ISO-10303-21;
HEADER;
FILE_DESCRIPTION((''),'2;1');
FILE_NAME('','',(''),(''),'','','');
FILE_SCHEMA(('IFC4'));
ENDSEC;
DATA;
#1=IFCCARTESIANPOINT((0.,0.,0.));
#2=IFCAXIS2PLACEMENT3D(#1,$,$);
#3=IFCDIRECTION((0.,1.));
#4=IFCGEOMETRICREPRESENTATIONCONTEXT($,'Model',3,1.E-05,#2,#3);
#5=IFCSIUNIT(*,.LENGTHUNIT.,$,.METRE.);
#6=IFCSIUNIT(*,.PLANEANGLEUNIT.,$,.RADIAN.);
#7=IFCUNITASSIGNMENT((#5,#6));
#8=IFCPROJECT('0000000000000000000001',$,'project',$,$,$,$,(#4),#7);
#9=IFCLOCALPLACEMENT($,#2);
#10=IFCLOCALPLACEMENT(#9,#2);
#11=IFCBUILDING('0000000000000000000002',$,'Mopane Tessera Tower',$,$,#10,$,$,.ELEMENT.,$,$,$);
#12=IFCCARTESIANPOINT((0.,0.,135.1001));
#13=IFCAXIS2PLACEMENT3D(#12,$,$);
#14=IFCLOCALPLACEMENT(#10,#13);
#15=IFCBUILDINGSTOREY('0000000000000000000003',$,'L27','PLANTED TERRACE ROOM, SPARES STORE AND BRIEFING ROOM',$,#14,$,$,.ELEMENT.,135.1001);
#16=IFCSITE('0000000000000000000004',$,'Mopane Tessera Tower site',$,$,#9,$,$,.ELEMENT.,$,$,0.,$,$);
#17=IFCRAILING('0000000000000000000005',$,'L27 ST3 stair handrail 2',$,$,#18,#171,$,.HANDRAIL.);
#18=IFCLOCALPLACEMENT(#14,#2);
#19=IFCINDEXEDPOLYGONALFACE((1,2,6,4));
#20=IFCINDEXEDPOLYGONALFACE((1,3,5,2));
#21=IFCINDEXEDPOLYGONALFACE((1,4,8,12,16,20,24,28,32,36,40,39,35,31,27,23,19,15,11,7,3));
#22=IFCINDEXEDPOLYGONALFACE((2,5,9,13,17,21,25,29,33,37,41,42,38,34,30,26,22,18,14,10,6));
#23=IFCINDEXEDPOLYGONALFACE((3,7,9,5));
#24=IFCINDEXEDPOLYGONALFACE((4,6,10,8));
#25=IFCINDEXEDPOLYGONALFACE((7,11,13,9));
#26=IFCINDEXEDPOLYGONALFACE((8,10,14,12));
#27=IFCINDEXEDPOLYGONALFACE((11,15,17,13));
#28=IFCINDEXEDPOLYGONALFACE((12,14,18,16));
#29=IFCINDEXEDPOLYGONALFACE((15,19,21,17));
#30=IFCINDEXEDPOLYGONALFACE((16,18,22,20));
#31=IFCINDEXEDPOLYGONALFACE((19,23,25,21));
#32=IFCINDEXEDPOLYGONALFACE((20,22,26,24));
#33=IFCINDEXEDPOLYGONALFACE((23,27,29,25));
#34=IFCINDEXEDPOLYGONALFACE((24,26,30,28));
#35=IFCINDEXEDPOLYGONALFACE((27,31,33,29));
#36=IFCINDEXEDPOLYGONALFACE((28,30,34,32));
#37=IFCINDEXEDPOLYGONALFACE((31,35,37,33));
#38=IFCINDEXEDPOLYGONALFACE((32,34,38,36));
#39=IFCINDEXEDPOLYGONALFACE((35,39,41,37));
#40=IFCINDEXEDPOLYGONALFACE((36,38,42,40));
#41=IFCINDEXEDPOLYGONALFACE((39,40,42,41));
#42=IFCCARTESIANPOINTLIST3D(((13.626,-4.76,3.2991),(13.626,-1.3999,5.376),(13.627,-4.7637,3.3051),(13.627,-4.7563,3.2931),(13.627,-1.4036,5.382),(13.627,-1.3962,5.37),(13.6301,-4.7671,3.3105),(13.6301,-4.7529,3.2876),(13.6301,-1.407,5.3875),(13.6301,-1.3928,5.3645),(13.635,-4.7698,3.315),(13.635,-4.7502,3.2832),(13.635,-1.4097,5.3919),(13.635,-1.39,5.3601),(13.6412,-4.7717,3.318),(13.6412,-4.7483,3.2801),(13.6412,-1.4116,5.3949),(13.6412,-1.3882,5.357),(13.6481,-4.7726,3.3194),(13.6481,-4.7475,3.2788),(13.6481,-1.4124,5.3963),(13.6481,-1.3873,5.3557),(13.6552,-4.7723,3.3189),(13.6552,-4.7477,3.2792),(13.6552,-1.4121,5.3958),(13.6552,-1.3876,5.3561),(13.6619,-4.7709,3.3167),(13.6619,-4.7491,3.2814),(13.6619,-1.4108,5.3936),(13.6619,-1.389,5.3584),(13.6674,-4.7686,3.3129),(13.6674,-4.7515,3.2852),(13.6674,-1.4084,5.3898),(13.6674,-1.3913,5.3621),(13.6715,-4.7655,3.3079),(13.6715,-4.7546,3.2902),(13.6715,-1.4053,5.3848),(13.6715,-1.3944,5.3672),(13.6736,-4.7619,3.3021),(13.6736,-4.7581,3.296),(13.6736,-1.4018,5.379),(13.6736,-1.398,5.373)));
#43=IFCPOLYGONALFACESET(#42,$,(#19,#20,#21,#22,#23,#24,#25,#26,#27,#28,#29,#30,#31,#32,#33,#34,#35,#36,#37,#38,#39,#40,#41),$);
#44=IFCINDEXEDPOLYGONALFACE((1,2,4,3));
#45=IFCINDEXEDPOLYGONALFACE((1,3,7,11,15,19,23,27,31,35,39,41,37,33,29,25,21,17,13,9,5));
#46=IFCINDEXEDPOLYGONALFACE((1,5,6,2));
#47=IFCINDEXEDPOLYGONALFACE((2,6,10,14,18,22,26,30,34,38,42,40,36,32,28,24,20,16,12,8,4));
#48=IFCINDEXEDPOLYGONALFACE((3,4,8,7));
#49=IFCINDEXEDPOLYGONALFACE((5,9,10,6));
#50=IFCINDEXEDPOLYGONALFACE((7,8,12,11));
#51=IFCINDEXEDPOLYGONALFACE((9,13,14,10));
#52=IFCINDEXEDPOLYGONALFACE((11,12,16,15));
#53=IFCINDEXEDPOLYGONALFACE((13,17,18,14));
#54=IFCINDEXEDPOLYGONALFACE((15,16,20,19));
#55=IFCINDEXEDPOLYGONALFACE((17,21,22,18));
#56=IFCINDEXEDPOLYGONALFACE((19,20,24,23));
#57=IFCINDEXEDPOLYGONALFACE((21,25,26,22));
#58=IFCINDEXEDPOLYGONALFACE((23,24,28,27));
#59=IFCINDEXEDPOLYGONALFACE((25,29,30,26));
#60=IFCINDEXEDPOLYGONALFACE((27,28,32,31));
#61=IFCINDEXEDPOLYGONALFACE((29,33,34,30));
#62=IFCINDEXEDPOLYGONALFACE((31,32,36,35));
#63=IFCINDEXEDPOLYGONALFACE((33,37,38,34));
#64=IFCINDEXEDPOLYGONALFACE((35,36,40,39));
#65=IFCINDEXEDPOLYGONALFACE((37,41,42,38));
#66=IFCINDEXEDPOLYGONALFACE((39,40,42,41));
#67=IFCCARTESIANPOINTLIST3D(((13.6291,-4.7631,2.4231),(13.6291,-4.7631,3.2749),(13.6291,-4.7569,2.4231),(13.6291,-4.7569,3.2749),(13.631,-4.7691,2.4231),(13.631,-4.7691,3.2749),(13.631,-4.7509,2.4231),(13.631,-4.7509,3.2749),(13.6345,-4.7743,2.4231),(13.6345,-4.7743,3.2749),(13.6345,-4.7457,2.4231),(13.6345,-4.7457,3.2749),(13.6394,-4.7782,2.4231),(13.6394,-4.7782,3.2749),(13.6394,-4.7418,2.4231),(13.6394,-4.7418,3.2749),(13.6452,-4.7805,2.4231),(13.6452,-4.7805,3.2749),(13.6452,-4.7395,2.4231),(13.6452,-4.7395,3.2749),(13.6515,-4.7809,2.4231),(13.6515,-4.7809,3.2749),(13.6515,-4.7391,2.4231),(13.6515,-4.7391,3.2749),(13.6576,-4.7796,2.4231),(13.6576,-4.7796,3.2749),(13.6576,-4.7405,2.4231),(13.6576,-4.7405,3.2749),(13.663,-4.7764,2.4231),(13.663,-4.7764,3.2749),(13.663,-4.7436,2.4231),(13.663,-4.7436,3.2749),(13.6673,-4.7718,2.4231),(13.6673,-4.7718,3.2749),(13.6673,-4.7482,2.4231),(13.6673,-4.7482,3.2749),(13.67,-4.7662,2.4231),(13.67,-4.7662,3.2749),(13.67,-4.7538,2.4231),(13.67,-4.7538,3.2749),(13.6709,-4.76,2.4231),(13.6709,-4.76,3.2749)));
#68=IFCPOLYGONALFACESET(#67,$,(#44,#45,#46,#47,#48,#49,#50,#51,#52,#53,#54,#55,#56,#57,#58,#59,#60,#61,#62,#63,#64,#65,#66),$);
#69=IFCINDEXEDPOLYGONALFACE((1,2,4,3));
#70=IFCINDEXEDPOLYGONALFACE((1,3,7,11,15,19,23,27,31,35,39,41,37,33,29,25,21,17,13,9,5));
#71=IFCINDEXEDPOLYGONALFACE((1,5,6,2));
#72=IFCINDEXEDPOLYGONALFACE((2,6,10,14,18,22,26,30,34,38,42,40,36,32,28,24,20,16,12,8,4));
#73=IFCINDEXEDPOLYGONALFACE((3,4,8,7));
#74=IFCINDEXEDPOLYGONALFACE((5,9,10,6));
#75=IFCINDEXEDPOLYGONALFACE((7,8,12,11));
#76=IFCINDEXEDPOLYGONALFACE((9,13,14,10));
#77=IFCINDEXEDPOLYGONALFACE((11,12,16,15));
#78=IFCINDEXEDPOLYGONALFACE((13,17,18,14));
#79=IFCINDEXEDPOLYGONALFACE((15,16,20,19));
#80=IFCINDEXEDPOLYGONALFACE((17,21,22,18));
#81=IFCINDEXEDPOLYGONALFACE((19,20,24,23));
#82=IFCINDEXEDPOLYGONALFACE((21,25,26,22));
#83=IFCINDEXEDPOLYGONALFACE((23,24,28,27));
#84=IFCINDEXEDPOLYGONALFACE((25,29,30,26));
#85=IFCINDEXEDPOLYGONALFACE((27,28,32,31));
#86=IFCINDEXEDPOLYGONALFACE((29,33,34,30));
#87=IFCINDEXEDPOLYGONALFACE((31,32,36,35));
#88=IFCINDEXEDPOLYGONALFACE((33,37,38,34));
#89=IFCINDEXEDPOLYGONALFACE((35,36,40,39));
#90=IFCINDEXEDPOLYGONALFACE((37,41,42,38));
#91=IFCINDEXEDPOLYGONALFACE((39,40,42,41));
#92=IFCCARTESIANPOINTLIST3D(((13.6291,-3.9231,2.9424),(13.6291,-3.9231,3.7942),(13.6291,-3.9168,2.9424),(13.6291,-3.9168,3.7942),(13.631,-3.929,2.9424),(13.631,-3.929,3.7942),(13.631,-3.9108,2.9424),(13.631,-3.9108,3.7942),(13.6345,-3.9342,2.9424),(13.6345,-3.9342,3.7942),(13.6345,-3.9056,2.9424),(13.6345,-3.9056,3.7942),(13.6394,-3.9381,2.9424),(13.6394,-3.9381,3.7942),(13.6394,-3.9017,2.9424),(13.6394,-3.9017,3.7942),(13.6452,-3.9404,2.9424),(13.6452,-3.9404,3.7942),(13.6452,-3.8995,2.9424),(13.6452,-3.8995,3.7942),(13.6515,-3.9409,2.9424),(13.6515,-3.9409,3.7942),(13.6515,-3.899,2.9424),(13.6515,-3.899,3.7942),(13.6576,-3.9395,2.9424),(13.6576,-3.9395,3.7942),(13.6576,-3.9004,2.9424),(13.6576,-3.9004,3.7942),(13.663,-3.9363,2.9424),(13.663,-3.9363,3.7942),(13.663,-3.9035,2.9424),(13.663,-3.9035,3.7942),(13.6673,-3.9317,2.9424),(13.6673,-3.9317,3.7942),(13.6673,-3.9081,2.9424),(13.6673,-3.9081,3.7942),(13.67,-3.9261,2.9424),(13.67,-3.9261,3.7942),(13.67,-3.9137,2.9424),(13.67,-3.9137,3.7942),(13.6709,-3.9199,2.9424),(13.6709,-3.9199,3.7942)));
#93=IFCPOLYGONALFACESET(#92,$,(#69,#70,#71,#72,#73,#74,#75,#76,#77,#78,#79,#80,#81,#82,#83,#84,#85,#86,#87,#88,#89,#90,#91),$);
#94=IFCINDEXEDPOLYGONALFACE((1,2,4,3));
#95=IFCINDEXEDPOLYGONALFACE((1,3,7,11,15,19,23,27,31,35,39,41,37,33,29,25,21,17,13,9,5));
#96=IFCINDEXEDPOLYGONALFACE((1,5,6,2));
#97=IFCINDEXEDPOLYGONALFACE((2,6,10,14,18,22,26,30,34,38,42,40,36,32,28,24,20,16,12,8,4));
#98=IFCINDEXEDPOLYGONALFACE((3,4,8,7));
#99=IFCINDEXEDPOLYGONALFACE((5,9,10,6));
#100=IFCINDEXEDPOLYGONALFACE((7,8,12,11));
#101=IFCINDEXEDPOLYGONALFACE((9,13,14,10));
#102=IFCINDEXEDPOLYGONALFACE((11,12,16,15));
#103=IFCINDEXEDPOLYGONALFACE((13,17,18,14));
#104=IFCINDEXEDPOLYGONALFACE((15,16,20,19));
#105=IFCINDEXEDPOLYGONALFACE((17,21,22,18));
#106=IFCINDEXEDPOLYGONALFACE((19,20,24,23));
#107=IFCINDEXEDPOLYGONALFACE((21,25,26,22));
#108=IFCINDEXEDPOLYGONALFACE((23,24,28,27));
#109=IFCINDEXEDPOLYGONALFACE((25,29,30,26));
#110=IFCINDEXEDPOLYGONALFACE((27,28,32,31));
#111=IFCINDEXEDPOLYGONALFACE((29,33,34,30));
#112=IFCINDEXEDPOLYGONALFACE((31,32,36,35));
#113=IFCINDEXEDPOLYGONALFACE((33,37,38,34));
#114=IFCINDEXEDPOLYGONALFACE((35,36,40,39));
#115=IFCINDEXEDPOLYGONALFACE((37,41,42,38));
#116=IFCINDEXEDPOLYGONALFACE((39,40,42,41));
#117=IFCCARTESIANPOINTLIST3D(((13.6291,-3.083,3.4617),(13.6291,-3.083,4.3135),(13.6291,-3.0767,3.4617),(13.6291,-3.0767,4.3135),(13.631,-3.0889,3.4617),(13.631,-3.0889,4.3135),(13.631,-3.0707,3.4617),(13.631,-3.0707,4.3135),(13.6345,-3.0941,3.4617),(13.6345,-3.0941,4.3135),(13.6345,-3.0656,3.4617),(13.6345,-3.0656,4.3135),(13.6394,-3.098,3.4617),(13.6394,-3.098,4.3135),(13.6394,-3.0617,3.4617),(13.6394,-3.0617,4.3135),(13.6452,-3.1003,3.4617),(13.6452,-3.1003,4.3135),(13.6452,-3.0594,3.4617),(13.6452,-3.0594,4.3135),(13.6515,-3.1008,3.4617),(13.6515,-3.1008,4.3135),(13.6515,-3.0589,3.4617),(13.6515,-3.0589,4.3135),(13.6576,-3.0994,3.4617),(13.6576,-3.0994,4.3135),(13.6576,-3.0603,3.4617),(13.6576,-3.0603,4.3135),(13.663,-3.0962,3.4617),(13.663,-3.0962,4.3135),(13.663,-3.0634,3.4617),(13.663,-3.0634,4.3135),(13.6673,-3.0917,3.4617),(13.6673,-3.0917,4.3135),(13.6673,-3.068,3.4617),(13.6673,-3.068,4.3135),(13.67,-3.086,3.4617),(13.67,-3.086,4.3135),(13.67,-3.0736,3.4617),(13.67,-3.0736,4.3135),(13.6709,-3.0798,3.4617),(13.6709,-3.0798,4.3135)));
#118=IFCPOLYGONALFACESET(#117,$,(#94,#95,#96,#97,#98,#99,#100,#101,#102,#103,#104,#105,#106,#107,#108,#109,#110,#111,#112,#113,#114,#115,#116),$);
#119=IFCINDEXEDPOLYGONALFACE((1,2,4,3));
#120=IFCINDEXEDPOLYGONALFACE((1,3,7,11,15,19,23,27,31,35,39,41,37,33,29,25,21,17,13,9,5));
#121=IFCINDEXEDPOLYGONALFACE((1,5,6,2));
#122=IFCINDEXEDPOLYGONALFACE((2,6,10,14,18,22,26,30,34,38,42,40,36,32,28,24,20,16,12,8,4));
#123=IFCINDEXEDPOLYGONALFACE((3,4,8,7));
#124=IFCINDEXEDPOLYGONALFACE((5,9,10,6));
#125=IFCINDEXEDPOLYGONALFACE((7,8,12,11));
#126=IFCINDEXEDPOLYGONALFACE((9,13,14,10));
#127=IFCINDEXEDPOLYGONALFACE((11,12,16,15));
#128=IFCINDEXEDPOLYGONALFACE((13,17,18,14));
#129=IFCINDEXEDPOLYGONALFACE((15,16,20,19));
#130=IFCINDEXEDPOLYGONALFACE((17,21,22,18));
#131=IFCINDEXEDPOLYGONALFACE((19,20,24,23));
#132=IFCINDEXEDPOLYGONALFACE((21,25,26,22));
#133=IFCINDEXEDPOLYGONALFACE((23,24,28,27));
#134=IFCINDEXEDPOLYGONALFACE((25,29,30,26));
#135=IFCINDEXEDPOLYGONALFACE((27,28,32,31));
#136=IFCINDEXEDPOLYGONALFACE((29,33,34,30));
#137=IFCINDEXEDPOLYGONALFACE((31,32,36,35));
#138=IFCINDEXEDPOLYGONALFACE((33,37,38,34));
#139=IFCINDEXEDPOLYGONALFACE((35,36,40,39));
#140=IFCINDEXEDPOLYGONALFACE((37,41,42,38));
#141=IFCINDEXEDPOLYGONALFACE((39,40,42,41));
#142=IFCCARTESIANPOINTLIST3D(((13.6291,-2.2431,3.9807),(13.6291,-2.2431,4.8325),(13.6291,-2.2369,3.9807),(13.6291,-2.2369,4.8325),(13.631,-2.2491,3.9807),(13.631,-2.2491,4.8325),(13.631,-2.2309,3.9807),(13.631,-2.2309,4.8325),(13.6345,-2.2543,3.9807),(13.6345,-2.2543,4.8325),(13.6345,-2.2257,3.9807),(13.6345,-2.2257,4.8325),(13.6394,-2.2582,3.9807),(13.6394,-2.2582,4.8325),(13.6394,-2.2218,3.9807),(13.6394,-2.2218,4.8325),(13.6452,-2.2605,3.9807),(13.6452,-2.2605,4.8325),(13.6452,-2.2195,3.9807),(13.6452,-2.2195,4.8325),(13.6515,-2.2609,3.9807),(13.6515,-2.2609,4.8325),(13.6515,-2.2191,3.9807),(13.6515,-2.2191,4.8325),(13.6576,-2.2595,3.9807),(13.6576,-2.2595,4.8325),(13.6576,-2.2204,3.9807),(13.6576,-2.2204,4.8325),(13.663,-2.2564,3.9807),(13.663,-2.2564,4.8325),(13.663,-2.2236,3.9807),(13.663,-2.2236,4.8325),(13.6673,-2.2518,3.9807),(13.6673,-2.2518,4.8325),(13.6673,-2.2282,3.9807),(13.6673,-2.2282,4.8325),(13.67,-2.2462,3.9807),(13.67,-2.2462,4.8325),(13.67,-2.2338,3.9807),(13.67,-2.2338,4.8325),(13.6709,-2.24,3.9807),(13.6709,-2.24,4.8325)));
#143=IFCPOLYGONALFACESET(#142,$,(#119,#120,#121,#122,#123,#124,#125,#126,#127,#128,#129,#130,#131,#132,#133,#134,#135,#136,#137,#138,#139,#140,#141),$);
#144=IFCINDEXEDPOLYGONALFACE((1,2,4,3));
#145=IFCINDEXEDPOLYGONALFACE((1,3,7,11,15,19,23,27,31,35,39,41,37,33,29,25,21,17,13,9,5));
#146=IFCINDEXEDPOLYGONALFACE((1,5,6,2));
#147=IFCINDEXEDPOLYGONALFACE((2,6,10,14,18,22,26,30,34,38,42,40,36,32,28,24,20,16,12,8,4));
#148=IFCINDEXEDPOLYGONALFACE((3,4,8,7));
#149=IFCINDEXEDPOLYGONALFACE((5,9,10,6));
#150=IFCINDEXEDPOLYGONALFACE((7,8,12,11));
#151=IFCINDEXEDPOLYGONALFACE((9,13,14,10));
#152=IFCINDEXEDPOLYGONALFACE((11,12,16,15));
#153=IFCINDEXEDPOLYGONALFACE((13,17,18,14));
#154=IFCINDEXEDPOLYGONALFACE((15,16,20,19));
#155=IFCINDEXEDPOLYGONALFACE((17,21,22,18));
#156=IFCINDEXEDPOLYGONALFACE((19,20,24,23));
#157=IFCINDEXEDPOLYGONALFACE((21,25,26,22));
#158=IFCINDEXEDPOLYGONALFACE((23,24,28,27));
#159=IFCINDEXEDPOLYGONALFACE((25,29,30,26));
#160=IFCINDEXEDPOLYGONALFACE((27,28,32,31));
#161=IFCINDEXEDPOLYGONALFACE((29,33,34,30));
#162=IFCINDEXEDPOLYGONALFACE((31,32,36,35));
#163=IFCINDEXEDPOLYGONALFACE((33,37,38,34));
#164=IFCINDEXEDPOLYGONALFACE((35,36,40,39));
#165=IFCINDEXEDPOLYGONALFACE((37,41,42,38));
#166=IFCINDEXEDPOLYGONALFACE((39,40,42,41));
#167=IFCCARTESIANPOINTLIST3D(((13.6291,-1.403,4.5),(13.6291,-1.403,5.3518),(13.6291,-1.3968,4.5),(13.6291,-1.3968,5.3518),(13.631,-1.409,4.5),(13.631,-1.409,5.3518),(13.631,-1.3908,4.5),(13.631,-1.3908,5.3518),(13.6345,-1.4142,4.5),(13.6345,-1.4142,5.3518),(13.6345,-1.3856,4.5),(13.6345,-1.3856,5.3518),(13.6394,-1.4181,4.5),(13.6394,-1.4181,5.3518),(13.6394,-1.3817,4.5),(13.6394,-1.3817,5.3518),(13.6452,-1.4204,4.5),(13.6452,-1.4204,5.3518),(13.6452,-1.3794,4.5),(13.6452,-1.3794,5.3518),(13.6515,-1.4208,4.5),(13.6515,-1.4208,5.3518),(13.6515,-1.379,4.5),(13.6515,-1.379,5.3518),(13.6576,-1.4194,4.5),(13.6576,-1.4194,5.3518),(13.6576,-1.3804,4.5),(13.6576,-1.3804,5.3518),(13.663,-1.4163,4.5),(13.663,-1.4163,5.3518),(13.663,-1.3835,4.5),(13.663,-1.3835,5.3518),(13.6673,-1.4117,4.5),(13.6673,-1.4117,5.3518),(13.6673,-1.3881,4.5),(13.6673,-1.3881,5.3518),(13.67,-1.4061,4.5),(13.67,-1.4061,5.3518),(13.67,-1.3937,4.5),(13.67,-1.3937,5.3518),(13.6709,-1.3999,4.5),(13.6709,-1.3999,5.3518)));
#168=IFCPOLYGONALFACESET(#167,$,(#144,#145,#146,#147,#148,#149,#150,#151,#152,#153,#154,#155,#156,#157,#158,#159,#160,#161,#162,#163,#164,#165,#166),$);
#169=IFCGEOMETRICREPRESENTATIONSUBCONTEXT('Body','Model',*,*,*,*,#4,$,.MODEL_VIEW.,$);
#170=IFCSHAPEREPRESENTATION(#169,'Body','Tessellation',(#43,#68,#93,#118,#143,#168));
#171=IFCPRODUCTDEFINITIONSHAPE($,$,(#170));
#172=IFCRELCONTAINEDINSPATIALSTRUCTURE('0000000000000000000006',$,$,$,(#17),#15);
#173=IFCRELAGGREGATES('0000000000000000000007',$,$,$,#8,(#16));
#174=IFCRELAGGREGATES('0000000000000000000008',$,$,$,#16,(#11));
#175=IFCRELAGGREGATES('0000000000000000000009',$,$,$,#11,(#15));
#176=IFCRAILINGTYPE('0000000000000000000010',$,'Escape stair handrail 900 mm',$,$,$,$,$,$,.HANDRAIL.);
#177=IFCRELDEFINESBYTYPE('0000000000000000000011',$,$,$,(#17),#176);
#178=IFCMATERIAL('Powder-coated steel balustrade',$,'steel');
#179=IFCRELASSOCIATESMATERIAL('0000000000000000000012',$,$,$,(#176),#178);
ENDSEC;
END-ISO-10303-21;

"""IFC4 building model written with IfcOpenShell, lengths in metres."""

from ifc_helpers import new_model, si_unit, direction, frame, origin, origin_2d, place, context, subcontext, project, spatial, circle, extrude, material, type_object, element, save


model = new_model("IFC4")

# Units and contexts
model_context = context("Model", 3, precision=1e-05, world=origin(), true_north=direction((0.0, 1.0)))
body_context = subcontext(model_context, "Body", "Model", "MODEL_VIEW")
ifc_project = project(units=[si_unit("LENGTHUNIT", "METRE"), si_unit("PLANEANGLEUNIT", "RADIAN")], contexts=[model_context])

# Site, building, storey
site_placement = place(None, origin())
site = spatial("IfcSite", under=ifc_project, at=site_placement, Name="Mopane Tessera Tower site", CompositionType="ELEMENT", RefElevation=0.0)
building_placement = place(site_placement, origin())
building = spatial("IfcBuilding", under=site, at=building_placement, Name="Mopane Tessera Tower", CompositionType="ELEMENT")
storey_placement = place(building_placement, frame((0.0, 0.0, 135.1001)))
storey = spatial("IfcBuildingStorey", under=building, at=storey_placement, Name="L27", Description="PLANTED TERRACE ROOM, SPARES STORE AND BRIEFING ROOM", CompositionType="ELEMENT", Elevation=135.1001)

# Railing
ifc_material_1 = material(Name="Powder-coated steel balustrade", Category="steel")
railing_type_1 = type_object("IfcRailingType", Name="Escape stair handrail 900 mm", PredefinedType="HANDRAIL", material=ifc_material_1)
railing_1_placement = place(storey_placement, frame((13.6499, -4.76, 2.4231)))
element("IfcRailing", 1, at=railing_1_placement, inside=storey, type_object=railing_type_1, Name="L27 ST3 stair handrail 2", PredefinedType="HANDRAIL", context=body_context, shape_type="SweptSolid", body=[
    extrude(circle(Radius=0.0239, at=origin_2d()), frame((0.0, 0.0, 0.876), z_axis=(0.0, 0.850623, 0.525776), x_axis=(-1.0, 0.0, 0.0)), (0.0, 0.0, 1.0), 3.9502),
    extrude(circle(Radius=0.021, at=origin_2d()), origin(), (0.0, 0.0, 1.0), 0.8518),
    extrude(circle(Radius=0.021, at=origin_2d()), frame((0.0, 0.8401, 0.5193)), (0.0, 0.0, 1.0), 0.8518),
    extrude(circle(Radius=0.021, at=origin_2d()), frame((0.0, 1.6802, 1.0386)), (0.0, 0.0, 1.0), 0.8518),
    extrude(circle(Radius=0.021, at=origin_2d()), frame((0.0, 2.52, 1.5576)), (0.0, 0.0, 1.0), 0.8518),
    extrude(circle(Radius=0.021, at=origin_2d()), frame((0.0, 3.3601, 2.0769)), (0.0, 0.0, 1.0), 0.8518),
])

save(model, "model.ifc")
